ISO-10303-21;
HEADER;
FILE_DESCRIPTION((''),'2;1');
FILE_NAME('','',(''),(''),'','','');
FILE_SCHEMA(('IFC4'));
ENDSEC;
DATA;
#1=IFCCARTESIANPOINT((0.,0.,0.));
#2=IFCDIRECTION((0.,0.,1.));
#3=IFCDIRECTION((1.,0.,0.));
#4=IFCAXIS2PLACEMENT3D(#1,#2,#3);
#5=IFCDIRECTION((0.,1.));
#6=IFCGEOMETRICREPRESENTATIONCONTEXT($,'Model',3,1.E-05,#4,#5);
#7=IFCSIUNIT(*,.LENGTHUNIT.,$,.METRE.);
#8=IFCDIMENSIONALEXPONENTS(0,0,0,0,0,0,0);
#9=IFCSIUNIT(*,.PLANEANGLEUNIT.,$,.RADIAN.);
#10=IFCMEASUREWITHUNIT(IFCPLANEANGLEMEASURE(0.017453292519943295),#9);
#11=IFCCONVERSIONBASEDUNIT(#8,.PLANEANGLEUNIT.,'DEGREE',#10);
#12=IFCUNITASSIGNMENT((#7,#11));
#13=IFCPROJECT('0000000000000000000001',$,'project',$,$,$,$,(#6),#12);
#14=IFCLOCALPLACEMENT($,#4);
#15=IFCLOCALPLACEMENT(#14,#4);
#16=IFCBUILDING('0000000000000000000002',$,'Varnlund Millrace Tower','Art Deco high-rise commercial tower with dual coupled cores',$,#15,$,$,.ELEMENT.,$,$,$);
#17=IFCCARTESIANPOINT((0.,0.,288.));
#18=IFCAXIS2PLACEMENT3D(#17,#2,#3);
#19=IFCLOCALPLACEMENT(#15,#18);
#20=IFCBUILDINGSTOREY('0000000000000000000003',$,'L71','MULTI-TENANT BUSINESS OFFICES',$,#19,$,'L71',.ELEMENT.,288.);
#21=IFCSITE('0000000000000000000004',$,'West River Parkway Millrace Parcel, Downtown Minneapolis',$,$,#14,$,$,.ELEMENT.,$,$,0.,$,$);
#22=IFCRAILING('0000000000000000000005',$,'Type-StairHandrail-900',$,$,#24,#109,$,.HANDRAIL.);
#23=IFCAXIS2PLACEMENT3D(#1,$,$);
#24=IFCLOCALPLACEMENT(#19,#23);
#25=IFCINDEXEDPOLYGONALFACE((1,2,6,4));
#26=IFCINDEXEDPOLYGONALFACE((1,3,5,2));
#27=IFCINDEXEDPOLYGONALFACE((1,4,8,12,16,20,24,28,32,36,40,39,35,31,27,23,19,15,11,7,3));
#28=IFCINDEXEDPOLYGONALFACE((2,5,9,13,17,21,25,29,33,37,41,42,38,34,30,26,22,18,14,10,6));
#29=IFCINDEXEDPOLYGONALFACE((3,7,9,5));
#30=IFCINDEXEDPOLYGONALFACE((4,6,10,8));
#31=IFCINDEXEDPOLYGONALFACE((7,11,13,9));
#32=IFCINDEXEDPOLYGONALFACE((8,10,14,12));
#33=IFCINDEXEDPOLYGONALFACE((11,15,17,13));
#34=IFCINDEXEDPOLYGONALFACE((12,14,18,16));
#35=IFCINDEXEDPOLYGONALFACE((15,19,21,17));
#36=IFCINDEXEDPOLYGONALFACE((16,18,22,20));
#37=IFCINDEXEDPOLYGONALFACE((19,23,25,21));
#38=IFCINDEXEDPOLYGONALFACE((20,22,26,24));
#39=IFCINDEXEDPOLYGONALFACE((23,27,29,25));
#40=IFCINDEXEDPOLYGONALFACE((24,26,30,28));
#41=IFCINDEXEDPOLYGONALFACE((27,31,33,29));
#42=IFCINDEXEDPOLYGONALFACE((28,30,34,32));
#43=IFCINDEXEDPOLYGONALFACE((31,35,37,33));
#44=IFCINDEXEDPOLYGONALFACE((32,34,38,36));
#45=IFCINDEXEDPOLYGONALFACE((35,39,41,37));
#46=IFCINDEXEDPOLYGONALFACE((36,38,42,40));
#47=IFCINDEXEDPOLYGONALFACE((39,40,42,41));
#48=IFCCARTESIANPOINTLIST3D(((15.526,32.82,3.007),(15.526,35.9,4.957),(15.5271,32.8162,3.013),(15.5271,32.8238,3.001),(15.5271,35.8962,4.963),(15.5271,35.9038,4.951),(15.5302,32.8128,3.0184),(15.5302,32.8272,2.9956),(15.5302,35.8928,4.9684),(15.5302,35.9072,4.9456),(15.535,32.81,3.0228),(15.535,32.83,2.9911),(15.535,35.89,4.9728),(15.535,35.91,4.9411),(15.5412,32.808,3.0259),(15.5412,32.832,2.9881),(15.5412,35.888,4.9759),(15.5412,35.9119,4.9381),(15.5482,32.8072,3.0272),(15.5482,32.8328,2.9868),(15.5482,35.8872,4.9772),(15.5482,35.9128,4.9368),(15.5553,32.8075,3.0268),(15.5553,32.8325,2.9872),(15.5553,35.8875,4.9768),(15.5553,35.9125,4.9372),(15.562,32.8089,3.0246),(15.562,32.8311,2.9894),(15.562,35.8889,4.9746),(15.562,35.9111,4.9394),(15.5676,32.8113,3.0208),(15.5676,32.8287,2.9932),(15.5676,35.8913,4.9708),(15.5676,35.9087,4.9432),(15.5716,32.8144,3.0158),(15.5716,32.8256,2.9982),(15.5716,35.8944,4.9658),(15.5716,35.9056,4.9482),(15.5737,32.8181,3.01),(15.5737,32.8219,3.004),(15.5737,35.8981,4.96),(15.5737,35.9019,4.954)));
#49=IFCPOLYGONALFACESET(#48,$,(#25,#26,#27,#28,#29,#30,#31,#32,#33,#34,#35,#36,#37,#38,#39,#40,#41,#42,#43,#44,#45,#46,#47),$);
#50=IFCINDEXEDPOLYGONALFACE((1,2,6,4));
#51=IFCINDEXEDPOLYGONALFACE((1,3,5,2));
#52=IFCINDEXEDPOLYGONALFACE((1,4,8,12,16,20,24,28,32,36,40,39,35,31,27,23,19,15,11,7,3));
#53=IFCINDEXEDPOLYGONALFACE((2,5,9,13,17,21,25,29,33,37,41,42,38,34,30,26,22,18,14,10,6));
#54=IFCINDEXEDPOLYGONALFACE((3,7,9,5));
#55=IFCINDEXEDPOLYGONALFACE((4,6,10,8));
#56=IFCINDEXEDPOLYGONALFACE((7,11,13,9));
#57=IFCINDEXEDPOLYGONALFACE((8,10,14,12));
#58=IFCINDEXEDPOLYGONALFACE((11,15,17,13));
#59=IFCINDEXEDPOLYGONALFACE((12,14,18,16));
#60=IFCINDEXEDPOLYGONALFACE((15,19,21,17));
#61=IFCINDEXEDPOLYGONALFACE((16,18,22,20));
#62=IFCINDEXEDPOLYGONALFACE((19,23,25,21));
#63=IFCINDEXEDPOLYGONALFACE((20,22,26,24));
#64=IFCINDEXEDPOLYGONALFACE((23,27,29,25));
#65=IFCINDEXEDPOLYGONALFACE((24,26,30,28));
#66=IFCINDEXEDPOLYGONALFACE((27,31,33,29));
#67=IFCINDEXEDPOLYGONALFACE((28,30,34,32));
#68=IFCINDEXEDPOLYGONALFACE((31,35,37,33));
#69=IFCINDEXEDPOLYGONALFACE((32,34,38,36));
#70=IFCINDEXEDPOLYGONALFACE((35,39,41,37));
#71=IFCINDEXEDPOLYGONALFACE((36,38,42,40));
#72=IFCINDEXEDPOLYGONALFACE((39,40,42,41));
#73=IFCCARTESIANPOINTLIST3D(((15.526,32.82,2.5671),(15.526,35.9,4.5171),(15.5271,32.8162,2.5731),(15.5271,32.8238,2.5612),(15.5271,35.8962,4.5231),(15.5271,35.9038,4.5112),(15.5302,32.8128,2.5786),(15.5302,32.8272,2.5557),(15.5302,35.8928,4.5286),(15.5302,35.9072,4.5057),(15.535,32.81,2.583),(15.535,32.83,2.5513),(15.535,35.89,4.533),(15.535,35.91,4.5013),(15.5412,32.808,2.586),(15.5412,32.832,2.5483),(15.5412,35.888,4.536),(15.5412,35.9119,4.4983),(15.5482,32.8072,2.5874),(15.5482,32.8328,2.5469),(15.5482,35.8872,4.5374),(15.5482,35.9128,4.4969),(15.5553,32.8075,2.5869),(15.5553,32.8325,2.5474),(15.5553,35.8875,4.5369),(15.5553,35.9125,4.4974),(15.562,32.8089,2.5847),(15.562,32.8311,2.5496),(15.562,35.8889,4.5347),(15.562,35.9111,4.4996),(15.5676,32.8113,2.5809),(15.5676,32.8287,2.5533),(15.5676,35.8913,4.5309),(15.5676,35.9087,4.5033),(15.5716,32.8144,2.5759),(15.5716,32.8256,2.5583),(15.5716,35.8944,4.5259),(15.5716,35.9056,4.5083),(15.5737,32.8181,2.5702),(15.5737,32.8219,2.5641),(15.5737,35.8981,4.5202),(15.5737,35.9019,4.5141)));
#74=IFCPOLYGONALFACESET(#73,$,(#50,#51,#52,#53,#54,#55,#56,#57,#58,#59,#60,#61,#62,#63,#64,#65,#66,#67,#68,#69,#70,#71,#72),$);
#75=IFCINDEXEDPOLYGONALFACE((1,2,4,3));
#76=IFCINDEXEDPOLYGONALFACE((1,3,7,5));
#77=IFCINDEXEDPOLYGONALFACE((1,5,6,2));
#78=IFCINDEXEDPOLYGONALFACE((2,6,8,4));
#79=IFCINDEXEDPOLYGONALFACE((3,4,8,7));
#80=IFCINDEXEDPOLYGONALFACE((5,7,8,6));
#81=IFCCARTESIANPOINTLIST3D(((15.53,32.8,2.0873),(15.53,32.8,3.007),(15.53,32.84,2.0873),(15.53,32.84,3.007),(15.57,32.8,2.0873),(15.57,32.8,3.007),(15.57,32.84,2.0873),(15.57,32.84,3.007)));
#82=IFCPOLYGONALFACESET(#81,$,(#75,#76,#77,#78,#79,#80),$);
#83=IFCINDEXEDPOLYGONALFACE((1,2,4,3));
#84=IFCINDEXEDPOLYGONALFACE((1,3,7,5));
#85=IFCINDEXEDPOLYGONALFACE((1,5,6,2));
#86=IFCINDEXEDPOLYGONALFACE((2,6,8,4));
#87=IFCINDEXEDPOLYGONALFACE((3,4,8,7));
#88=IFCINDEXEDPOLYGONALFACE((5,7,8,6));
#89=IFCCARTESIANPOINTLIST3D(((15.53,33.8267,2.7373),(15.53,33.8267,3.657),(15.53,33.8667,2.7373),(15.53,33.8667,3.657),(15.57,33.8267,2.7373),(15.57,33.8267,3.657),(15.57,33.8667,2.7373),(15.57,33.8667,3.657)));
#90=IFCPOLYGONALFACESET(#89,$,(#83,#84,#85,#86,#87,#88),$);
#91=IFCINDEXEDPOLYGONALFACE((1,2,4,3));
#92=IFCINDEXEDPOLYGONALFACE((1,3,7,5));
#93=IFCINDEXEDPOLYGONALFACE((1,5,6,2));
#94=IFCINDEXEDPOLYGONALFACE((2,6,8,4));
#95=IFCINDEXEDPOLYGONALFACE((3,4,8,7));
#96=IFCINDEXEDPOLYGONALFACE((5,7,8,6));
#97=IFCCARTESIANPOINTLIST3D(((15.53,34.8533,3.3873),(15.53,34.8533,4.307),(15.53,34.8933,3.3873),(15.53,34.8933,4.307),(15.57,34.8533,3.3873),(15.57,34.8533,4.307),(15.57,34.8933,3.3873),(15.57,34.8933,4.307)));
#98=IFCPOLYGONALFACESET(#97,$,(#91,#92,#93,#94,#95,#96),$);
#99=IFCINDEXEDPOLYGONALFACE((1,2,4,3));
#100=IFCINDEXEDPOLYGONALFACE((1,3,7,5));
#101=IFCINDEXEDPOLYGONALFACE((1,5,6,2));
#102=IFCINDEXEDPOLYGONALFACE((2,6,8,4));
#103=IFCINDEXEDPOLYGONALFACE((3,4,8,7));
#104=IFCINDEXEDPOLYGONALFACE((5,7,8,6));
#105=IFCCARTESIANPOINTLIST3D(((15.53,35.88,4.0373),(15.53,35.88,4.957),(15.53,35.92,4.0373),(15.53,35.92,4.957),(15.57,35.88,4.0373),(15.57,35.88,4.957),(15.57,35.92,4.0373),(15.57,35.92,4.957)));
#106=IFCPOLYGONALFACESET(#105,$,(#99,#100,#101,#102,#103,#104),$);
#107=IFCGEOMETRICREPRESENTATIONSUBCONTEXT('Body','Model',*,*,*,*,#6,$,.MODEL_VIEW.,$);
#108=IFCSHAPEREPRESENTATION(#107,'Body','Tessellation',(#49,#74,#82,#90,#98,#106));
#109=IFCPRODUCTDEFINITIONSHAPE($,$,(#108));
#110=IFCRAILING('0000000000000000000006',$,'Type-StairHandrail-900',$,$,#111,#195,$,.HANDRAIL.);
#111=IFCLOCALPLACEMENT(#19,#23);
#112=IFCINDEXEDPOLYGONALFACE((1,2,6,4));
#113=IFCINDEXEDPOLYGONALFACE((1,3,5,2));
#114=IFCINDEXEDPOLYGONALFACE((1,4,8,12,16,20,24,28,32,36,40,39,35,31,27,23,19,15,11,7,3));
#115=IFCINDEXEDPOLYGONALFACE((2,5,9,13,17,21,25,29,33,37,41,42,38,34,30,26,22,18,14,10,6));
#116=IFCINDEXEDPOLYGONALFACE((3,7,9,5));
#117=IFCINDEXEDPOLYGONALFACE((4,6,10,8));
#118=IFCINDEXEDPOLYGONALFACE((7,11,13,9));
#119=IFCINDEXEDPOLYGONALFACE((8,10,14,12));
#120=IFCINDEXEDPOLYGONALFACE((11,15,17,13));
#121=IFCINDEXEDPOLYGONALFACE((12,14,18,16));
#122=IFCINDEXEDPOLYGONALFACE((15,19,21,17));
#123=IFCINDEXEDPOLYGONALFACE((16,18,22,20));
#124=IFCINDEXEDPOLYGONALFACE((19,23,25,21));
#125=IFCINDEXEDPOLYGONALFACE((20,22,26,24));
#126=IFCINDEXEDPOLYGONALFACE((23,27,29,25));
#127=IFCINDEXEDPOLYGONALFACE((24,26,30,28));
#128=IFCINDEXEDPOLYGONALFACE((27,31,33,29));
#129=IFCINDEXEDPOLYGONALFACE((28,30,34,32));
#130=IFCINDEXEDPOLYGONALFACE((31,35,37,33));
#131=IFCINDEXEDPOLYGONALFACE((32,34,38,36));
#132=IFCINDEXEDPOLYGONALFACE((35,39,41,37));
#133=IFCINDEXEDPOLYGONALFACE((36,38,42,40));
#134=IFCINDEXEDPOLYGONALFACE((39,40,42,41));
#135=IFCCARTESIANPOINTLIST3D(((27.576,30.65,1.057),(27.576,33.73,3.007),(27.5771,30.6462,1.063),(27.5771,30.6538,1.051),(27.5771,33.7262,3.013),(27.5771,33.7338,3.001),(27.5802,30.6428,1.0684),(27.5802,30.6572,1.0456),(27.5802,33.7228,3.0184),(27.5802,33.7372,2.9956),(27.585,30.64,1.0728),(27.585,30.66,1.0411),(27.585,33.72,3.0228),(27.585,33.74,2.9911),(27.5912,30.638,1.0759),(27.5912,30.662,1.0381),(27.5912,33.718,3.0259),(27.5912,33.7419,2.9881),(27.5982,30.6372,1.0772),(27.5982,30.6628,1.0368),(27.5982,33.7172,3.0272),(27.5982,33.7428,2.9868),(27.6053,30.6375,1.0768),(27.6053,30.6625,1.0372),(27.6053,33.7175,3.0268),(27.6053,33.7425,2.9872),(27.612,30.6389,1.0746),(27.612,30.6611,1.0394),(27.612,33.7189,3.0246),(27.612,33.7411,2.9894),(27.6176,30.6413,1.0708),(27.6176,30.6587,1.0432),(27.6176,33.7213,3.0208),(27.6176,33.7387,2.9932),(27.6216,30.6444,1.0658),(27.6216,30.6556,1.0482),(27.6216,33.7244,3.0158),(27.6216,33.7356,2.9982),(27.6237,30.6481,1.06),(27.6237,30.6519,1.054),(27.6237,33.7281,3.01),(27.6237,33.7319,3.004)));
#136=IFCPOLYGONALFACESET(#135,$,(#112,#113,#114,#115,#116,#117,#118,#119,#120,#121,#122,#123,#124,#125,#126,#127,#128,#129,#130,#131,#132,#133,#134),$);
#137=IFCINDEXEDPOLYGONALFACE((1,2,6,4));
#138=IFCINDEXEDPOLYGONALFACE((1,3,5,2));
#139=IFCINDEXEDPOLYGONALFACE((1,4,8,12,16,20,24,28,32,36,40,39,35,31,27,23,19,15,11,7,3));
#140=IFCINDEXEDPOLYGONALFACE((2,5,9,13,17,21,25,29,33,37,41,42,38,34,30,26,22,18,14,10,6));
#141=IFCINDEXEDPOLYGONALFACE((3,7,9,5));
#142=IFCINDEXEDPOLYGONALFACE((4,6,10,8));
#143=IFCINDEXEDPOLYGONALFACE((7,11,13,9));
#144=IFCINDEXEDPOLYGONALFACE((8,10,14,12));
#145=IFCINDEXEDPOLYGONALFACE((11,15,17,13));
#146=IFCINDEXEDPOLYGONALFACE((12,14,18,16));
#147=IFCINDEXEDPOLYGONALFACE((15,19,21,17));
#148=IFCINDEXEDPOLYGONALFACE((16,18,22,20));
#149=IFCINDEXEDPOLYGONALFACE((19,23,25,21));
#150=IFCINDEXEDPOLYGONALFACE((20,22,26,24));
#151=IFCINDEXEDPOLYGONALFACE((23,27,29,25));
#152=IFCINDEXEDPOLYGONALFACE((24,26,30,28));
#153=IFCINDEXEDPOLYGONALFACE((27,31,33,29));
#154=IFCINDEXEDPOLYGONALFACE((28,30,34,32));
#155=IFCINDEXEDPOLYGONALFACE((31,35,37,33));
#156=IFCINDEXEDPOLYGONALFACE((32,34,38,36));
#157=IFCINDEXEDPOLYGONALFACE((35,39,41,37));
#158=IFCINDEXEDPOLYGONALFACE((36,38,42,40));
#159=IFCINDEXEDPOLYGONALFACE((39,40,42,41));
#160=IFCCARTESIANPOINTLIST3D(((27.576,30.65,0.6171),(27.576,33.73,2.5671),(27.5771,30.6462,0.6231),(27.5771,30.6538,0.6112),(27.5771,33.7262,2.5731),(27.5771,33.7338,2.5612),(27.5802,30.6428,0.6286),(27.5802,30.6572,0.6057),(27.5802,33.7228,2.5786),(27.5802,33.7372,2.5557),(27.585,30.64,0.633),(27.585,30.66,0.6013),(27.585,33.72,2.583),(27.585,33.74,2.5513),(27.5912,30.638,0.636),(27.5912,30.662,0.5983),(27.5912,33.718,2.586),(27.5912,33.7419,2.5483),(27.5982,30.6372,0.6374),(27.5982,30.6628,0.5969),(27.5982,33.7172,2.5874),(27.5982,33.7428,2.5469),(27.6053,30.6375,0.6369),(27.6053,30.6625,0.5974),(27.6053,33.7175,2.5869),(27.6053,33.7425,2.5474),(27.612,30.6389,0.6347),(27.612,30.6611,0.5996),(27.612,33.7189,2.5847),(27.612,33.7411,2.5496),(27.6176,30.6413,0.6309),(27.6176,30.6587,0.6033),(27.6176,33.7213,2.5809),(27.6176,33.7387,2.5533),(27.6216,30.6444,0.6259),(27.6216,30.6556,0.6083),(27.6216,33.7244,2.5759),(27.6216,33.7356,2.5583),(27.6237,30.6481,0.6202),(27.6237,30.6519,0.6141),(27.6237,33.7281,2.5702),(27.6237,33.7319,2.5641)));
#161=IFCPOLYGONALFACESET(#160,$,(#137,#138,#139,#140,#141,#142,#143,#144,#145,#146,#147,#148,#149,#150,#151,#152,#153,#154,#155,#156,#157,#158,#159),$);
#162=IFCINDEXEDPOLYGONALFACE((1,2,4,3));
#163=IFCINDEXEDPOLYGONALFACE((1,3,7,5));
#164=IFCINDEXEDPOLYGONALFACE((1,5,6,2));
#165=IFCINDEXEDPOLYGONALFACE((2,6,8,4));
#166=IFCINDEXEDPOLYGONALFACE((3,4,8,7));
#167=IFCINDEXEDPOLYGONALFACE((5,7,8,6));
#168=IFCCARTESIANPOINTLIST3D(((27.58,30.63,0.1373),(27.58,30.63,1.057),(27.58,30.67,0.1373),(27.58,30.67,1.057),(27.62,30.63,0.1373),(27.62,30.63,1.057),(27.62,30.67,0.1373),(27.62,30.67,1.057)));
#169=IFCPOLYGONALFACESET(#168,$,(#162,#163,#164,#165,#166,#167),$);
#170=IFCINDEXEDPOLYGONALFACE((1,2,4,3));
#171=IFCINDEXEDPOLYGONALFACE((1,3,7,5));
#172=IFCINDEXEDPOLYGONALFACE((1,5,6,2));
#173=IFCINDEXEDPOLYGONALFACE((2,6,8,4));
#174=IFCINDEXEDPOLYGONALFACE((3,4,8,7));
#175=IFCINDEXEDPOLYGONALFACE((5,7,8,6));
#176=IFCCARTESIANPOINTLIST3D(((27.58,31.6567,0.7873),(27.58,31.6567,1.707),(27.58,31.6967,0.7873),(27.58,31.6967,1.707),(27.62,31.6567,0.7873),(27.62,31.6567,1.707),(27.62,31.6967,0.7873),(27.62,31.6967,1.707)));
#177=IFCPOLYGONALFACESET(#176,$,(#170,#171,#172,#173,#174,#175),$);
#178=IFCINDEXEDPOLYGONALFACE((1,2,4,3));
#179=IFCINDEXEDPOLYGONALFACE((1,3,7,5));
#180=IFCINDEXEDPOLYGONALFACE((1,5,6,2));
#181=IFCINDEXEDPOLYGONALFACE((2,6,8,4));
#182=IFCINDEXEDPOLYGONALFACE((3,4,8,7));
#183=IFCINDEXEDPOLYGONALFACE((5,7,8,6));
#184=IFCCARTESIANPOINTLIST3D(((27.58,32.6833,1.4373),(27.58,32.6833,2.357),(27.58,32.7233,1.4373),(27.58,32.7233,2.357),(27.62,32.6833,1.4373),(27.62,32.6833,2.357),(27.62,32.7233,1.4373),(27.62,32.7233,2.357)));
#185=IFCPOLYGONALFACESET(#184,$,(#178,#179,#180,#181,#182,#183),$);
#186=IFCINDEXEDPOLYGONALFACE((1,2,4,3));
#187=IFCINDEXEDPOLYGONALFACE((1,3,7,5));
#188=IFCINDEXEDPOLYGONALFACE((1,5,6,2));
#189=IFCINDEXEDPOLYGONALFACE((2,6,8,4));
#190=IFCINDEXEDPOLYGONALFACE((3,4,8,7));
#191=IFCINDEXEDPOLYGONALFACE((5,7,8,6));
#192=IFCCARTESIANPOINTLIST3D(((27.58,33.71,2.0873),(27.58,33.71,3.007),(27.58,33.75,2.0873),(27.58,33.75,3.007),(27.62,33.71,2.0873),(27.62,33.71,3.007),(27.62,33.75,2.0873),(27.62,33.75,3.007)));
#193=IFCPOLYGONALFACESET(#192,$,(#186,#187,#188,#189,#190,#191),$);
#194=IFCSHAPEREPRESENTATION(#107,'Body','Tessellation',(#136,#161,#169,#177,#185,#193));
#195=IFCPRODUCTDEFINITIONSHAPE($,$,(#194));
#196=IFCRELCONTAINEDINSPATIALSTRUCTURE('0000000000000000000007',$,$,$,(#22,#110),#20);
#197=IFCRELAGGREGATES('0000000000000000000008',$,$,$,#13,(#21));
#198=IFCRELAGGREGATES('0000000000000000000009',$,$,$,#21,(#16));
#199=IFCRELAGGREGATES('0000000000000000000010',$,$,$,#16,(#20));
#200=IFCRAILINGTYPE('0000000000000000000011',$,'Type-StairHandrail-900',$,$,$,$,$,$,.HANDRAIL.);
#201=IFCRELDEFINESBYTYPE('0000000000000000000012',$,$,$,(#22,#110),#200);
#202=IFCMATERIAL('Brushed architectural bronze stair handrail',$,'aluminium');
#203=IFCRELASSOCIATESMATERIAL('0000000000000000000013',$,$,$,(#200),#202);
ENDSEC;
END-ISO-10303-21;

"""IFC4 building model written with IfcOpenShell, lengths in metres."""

from ifc_helpers import new_model, entity, si_unit, converted_unit, direction, frame, origin_with_axes, origin_2d_with_axis, place, context, subcontext, project, spatial, rectangle, circle, extrude, material, type_object, element, save


model = new_model("IFC4")

# Units and contexts
model_context = context("Model", 3, precision=1e-05, world=origin_with_axes(), true_north=direction((0.0, 1.0)))
body_context = subcontext(model_context, "Body", "Model", "MODEL_VIEW")
ifc_project = project(units=[si_unit("LENGTHUNIT", "METRE"), converted_unit("PLANEANGLEUNIT", "DEGREE", entity("IfcPlaneAngleMeasure", 0.017453292519943295), si_unit("PLANEANGLEUNIT", "RADIAN"), dimensions=[0, 0, 0, 0, 0, 0, 0])], contexts=[model_context])

# Site, building, storey
site_placement = place(None, origin_with_axes())
site = spatial("IfcSite", under=ifc_project, at=site_placement, Name="West River Parkway Millrace Parcel, Downtown Minneapolis", CompositionType="ELEMENT", RefElevation=0.0)
building_placement = place(site_placement, origin_with_axes())
building = spatial("IfcBuilding", under=site, at=building_placement, Name="Varnlund Millrace Tower", Description="Art Deco high-rise commercial tower with dual coupled cores", CompositionType="ELEMENT")
storey_placement = place(building_placement, frame((0.0, 0.0, 288.0), z_axis=(0.0, 0.0, 1.0), x_axis=(1.0, 0.0, 0.0)))
storey = spatial("IfcBuildingStorey", under=building, at=storey_placement, Name="L71", Description="MULTI-TENANT BUSINESS OFFICES", LongName="L71", CompositionType="ELEMENT", Elevation=288.0)

# Railings
ifc_material_1 = material(Name="Brushed architectural bronze stair handrail", Category="aluminium")
railing_type_1 = type_object("IfcRailingType", Name="Type-StairHandrail-900", PredefinedType="HANDRAIL", material=ifc_material_1)
railing_1_placement = place(storey_placement, frame((0.0, 0.0, -288.0), z_axis=(0.0, 0.0, 1.0), x_axis=(1.0, 0.0, 0.0)))
element("IfcRailing", 1, at=railing_1_placement, inside=storey, type_object=railing_type_1, Name="Type-StairHandrail-900", PredefinedType="HANDRAIL", context=body_context, shape_type="SweptSolid", body=[
    extrude(circle(Radius=0.024, at=origin_2d_with_axis()), frame((15.55, 32.82, 291.007), z_axis=(0.0, 0.844902, 0.534922), x_axis=(-1.0, 0.0, 0.0)), (0.0, 0.0, 1.0), 3.6454),
    extrude(circle(Radius=0.024, at=origin_2d_with_axis()), frame((15.55, 32.82, 290.5671), z_axis=(0.0, 0.844902, 0.534922), x_axis=(-1.0, 0.0, 0.0)), (0.0, 0.0, 1.0), 3.6454),
    extrude(rectangle(XDim=0.04, YDim=0.04, at=origin_2d_with_axis()), frame((15.55, 32.82, 290.0873), z_axis=(0.0, 0.0, 1.0), x_axis=(1.0, 0.0, 0.0)), (0.0, 0.0, 1.0), 0.9197),
    extrude(rectangle(XDim=0.04, YDim=0.04, at=origin_2d_with_axis()), frame((15.55, 33.8467, 290.7373), z_axis=(0.0, 0.0, 1.0), x_axis=(1.0, 0.0, 0.0)), (0.0, 0.0, 1.0), 0.9197),
    extrude(rectangle(XDim=0.04, YDim=0.04, at=origin_2d_with_axis()), frame((15.55, 34.8733, 291.3873), z_axis=(0.0, 0.0, 1.0), x_axis=(1.0, 0.0, 0.0)), (0.0, 0.0, 1.0), 0.9197),
    extrude(rectangle(XDim=0.04, YDim=0.04, at=origin_2d_with_axis()), frame((15.55, 35.9, 292.0373), z_axis=(0.0, 0.0, 1.0), x_axis=(1.0, 0.0, 0.0)), (0.0, 0.0, 1.0), 0.9197),
])
railing_2_placement = place(storey_placement, frame((0.0, 0.0, -288.0), z_axis=(0.0, 0.0, 1.0), x_axis=(1.0, 0.0, 0.0)))
element("IfcRailing", 2, at=railing_2_placement, inside=storey, type_object=railing_type_1, Name="Type-StairHandrail-900", PredefinedType="HANDRAIL", context=body_context, shape_type="SweptSolid", body=[
    extrude(circle(Radius=0.024, at=origin_2d_with_axis()), frame((27.6, 30.65, 289.057), z_axis=(0.0, 0.844902, 0.534922), x_axis=(-1.0, 0.0, 0.0)), (0.0, 0.0, 1.0), 3.6454),
    extrude(circle(Radius=0.024, at=origin_2d_with_axis()), frame((27.6, 30.65, 288.6171), z_axis=(0.0, 0.844902, 0.534922), x_axis=(-1.0, 0.0, 0.0)), (0.0, 0.0, 1.0), 3.6454),
    extrude(rectangle(XDim=0.04, YDim=0.04, at=origin_2d_with_axis()), frame((27.6, 30.65, 288.1373), z_axis=(0.0, 0.0, 1.0), x_axis=(1.0, 0.0, 0.0)), (0.0, 0.0, 1.0), 0.9197),
    extrude(rectangle(XDim=0.04, YDim=0.04, at=origin_2d_with_axis()), frame((27.6, 31.6767, 288.7873), z_axis=(0.0, 0.0, 1.0), x_axis=(1.0, 0.0, 0.0)), (0.0, 0.0, 1.0), 0.9197),
    extrude(rectangle(XDim=0.04, YDim=0.04, at=origin_2d_with_axis()), frame((27.6, 32.7033, 289.4373), z_axis=(0.0, 0.0, 1.0), x_axis=(1.0, 0.0, 0.0)), (0.0, 0.0, 1.0), 0.9197),
    extrude(rectangle(XDim=0.04, YDim=0.04, at=origin_2d_with_axis()), frame((27.6, 33.73, 290.0873), z_axis=(0.0, 0.0, 1.0), x_axis=(1.0, 0.0, 0.0)), (0.0, 0.0, 1.0), 0.9197),
])

save(model, "model.ifc")
